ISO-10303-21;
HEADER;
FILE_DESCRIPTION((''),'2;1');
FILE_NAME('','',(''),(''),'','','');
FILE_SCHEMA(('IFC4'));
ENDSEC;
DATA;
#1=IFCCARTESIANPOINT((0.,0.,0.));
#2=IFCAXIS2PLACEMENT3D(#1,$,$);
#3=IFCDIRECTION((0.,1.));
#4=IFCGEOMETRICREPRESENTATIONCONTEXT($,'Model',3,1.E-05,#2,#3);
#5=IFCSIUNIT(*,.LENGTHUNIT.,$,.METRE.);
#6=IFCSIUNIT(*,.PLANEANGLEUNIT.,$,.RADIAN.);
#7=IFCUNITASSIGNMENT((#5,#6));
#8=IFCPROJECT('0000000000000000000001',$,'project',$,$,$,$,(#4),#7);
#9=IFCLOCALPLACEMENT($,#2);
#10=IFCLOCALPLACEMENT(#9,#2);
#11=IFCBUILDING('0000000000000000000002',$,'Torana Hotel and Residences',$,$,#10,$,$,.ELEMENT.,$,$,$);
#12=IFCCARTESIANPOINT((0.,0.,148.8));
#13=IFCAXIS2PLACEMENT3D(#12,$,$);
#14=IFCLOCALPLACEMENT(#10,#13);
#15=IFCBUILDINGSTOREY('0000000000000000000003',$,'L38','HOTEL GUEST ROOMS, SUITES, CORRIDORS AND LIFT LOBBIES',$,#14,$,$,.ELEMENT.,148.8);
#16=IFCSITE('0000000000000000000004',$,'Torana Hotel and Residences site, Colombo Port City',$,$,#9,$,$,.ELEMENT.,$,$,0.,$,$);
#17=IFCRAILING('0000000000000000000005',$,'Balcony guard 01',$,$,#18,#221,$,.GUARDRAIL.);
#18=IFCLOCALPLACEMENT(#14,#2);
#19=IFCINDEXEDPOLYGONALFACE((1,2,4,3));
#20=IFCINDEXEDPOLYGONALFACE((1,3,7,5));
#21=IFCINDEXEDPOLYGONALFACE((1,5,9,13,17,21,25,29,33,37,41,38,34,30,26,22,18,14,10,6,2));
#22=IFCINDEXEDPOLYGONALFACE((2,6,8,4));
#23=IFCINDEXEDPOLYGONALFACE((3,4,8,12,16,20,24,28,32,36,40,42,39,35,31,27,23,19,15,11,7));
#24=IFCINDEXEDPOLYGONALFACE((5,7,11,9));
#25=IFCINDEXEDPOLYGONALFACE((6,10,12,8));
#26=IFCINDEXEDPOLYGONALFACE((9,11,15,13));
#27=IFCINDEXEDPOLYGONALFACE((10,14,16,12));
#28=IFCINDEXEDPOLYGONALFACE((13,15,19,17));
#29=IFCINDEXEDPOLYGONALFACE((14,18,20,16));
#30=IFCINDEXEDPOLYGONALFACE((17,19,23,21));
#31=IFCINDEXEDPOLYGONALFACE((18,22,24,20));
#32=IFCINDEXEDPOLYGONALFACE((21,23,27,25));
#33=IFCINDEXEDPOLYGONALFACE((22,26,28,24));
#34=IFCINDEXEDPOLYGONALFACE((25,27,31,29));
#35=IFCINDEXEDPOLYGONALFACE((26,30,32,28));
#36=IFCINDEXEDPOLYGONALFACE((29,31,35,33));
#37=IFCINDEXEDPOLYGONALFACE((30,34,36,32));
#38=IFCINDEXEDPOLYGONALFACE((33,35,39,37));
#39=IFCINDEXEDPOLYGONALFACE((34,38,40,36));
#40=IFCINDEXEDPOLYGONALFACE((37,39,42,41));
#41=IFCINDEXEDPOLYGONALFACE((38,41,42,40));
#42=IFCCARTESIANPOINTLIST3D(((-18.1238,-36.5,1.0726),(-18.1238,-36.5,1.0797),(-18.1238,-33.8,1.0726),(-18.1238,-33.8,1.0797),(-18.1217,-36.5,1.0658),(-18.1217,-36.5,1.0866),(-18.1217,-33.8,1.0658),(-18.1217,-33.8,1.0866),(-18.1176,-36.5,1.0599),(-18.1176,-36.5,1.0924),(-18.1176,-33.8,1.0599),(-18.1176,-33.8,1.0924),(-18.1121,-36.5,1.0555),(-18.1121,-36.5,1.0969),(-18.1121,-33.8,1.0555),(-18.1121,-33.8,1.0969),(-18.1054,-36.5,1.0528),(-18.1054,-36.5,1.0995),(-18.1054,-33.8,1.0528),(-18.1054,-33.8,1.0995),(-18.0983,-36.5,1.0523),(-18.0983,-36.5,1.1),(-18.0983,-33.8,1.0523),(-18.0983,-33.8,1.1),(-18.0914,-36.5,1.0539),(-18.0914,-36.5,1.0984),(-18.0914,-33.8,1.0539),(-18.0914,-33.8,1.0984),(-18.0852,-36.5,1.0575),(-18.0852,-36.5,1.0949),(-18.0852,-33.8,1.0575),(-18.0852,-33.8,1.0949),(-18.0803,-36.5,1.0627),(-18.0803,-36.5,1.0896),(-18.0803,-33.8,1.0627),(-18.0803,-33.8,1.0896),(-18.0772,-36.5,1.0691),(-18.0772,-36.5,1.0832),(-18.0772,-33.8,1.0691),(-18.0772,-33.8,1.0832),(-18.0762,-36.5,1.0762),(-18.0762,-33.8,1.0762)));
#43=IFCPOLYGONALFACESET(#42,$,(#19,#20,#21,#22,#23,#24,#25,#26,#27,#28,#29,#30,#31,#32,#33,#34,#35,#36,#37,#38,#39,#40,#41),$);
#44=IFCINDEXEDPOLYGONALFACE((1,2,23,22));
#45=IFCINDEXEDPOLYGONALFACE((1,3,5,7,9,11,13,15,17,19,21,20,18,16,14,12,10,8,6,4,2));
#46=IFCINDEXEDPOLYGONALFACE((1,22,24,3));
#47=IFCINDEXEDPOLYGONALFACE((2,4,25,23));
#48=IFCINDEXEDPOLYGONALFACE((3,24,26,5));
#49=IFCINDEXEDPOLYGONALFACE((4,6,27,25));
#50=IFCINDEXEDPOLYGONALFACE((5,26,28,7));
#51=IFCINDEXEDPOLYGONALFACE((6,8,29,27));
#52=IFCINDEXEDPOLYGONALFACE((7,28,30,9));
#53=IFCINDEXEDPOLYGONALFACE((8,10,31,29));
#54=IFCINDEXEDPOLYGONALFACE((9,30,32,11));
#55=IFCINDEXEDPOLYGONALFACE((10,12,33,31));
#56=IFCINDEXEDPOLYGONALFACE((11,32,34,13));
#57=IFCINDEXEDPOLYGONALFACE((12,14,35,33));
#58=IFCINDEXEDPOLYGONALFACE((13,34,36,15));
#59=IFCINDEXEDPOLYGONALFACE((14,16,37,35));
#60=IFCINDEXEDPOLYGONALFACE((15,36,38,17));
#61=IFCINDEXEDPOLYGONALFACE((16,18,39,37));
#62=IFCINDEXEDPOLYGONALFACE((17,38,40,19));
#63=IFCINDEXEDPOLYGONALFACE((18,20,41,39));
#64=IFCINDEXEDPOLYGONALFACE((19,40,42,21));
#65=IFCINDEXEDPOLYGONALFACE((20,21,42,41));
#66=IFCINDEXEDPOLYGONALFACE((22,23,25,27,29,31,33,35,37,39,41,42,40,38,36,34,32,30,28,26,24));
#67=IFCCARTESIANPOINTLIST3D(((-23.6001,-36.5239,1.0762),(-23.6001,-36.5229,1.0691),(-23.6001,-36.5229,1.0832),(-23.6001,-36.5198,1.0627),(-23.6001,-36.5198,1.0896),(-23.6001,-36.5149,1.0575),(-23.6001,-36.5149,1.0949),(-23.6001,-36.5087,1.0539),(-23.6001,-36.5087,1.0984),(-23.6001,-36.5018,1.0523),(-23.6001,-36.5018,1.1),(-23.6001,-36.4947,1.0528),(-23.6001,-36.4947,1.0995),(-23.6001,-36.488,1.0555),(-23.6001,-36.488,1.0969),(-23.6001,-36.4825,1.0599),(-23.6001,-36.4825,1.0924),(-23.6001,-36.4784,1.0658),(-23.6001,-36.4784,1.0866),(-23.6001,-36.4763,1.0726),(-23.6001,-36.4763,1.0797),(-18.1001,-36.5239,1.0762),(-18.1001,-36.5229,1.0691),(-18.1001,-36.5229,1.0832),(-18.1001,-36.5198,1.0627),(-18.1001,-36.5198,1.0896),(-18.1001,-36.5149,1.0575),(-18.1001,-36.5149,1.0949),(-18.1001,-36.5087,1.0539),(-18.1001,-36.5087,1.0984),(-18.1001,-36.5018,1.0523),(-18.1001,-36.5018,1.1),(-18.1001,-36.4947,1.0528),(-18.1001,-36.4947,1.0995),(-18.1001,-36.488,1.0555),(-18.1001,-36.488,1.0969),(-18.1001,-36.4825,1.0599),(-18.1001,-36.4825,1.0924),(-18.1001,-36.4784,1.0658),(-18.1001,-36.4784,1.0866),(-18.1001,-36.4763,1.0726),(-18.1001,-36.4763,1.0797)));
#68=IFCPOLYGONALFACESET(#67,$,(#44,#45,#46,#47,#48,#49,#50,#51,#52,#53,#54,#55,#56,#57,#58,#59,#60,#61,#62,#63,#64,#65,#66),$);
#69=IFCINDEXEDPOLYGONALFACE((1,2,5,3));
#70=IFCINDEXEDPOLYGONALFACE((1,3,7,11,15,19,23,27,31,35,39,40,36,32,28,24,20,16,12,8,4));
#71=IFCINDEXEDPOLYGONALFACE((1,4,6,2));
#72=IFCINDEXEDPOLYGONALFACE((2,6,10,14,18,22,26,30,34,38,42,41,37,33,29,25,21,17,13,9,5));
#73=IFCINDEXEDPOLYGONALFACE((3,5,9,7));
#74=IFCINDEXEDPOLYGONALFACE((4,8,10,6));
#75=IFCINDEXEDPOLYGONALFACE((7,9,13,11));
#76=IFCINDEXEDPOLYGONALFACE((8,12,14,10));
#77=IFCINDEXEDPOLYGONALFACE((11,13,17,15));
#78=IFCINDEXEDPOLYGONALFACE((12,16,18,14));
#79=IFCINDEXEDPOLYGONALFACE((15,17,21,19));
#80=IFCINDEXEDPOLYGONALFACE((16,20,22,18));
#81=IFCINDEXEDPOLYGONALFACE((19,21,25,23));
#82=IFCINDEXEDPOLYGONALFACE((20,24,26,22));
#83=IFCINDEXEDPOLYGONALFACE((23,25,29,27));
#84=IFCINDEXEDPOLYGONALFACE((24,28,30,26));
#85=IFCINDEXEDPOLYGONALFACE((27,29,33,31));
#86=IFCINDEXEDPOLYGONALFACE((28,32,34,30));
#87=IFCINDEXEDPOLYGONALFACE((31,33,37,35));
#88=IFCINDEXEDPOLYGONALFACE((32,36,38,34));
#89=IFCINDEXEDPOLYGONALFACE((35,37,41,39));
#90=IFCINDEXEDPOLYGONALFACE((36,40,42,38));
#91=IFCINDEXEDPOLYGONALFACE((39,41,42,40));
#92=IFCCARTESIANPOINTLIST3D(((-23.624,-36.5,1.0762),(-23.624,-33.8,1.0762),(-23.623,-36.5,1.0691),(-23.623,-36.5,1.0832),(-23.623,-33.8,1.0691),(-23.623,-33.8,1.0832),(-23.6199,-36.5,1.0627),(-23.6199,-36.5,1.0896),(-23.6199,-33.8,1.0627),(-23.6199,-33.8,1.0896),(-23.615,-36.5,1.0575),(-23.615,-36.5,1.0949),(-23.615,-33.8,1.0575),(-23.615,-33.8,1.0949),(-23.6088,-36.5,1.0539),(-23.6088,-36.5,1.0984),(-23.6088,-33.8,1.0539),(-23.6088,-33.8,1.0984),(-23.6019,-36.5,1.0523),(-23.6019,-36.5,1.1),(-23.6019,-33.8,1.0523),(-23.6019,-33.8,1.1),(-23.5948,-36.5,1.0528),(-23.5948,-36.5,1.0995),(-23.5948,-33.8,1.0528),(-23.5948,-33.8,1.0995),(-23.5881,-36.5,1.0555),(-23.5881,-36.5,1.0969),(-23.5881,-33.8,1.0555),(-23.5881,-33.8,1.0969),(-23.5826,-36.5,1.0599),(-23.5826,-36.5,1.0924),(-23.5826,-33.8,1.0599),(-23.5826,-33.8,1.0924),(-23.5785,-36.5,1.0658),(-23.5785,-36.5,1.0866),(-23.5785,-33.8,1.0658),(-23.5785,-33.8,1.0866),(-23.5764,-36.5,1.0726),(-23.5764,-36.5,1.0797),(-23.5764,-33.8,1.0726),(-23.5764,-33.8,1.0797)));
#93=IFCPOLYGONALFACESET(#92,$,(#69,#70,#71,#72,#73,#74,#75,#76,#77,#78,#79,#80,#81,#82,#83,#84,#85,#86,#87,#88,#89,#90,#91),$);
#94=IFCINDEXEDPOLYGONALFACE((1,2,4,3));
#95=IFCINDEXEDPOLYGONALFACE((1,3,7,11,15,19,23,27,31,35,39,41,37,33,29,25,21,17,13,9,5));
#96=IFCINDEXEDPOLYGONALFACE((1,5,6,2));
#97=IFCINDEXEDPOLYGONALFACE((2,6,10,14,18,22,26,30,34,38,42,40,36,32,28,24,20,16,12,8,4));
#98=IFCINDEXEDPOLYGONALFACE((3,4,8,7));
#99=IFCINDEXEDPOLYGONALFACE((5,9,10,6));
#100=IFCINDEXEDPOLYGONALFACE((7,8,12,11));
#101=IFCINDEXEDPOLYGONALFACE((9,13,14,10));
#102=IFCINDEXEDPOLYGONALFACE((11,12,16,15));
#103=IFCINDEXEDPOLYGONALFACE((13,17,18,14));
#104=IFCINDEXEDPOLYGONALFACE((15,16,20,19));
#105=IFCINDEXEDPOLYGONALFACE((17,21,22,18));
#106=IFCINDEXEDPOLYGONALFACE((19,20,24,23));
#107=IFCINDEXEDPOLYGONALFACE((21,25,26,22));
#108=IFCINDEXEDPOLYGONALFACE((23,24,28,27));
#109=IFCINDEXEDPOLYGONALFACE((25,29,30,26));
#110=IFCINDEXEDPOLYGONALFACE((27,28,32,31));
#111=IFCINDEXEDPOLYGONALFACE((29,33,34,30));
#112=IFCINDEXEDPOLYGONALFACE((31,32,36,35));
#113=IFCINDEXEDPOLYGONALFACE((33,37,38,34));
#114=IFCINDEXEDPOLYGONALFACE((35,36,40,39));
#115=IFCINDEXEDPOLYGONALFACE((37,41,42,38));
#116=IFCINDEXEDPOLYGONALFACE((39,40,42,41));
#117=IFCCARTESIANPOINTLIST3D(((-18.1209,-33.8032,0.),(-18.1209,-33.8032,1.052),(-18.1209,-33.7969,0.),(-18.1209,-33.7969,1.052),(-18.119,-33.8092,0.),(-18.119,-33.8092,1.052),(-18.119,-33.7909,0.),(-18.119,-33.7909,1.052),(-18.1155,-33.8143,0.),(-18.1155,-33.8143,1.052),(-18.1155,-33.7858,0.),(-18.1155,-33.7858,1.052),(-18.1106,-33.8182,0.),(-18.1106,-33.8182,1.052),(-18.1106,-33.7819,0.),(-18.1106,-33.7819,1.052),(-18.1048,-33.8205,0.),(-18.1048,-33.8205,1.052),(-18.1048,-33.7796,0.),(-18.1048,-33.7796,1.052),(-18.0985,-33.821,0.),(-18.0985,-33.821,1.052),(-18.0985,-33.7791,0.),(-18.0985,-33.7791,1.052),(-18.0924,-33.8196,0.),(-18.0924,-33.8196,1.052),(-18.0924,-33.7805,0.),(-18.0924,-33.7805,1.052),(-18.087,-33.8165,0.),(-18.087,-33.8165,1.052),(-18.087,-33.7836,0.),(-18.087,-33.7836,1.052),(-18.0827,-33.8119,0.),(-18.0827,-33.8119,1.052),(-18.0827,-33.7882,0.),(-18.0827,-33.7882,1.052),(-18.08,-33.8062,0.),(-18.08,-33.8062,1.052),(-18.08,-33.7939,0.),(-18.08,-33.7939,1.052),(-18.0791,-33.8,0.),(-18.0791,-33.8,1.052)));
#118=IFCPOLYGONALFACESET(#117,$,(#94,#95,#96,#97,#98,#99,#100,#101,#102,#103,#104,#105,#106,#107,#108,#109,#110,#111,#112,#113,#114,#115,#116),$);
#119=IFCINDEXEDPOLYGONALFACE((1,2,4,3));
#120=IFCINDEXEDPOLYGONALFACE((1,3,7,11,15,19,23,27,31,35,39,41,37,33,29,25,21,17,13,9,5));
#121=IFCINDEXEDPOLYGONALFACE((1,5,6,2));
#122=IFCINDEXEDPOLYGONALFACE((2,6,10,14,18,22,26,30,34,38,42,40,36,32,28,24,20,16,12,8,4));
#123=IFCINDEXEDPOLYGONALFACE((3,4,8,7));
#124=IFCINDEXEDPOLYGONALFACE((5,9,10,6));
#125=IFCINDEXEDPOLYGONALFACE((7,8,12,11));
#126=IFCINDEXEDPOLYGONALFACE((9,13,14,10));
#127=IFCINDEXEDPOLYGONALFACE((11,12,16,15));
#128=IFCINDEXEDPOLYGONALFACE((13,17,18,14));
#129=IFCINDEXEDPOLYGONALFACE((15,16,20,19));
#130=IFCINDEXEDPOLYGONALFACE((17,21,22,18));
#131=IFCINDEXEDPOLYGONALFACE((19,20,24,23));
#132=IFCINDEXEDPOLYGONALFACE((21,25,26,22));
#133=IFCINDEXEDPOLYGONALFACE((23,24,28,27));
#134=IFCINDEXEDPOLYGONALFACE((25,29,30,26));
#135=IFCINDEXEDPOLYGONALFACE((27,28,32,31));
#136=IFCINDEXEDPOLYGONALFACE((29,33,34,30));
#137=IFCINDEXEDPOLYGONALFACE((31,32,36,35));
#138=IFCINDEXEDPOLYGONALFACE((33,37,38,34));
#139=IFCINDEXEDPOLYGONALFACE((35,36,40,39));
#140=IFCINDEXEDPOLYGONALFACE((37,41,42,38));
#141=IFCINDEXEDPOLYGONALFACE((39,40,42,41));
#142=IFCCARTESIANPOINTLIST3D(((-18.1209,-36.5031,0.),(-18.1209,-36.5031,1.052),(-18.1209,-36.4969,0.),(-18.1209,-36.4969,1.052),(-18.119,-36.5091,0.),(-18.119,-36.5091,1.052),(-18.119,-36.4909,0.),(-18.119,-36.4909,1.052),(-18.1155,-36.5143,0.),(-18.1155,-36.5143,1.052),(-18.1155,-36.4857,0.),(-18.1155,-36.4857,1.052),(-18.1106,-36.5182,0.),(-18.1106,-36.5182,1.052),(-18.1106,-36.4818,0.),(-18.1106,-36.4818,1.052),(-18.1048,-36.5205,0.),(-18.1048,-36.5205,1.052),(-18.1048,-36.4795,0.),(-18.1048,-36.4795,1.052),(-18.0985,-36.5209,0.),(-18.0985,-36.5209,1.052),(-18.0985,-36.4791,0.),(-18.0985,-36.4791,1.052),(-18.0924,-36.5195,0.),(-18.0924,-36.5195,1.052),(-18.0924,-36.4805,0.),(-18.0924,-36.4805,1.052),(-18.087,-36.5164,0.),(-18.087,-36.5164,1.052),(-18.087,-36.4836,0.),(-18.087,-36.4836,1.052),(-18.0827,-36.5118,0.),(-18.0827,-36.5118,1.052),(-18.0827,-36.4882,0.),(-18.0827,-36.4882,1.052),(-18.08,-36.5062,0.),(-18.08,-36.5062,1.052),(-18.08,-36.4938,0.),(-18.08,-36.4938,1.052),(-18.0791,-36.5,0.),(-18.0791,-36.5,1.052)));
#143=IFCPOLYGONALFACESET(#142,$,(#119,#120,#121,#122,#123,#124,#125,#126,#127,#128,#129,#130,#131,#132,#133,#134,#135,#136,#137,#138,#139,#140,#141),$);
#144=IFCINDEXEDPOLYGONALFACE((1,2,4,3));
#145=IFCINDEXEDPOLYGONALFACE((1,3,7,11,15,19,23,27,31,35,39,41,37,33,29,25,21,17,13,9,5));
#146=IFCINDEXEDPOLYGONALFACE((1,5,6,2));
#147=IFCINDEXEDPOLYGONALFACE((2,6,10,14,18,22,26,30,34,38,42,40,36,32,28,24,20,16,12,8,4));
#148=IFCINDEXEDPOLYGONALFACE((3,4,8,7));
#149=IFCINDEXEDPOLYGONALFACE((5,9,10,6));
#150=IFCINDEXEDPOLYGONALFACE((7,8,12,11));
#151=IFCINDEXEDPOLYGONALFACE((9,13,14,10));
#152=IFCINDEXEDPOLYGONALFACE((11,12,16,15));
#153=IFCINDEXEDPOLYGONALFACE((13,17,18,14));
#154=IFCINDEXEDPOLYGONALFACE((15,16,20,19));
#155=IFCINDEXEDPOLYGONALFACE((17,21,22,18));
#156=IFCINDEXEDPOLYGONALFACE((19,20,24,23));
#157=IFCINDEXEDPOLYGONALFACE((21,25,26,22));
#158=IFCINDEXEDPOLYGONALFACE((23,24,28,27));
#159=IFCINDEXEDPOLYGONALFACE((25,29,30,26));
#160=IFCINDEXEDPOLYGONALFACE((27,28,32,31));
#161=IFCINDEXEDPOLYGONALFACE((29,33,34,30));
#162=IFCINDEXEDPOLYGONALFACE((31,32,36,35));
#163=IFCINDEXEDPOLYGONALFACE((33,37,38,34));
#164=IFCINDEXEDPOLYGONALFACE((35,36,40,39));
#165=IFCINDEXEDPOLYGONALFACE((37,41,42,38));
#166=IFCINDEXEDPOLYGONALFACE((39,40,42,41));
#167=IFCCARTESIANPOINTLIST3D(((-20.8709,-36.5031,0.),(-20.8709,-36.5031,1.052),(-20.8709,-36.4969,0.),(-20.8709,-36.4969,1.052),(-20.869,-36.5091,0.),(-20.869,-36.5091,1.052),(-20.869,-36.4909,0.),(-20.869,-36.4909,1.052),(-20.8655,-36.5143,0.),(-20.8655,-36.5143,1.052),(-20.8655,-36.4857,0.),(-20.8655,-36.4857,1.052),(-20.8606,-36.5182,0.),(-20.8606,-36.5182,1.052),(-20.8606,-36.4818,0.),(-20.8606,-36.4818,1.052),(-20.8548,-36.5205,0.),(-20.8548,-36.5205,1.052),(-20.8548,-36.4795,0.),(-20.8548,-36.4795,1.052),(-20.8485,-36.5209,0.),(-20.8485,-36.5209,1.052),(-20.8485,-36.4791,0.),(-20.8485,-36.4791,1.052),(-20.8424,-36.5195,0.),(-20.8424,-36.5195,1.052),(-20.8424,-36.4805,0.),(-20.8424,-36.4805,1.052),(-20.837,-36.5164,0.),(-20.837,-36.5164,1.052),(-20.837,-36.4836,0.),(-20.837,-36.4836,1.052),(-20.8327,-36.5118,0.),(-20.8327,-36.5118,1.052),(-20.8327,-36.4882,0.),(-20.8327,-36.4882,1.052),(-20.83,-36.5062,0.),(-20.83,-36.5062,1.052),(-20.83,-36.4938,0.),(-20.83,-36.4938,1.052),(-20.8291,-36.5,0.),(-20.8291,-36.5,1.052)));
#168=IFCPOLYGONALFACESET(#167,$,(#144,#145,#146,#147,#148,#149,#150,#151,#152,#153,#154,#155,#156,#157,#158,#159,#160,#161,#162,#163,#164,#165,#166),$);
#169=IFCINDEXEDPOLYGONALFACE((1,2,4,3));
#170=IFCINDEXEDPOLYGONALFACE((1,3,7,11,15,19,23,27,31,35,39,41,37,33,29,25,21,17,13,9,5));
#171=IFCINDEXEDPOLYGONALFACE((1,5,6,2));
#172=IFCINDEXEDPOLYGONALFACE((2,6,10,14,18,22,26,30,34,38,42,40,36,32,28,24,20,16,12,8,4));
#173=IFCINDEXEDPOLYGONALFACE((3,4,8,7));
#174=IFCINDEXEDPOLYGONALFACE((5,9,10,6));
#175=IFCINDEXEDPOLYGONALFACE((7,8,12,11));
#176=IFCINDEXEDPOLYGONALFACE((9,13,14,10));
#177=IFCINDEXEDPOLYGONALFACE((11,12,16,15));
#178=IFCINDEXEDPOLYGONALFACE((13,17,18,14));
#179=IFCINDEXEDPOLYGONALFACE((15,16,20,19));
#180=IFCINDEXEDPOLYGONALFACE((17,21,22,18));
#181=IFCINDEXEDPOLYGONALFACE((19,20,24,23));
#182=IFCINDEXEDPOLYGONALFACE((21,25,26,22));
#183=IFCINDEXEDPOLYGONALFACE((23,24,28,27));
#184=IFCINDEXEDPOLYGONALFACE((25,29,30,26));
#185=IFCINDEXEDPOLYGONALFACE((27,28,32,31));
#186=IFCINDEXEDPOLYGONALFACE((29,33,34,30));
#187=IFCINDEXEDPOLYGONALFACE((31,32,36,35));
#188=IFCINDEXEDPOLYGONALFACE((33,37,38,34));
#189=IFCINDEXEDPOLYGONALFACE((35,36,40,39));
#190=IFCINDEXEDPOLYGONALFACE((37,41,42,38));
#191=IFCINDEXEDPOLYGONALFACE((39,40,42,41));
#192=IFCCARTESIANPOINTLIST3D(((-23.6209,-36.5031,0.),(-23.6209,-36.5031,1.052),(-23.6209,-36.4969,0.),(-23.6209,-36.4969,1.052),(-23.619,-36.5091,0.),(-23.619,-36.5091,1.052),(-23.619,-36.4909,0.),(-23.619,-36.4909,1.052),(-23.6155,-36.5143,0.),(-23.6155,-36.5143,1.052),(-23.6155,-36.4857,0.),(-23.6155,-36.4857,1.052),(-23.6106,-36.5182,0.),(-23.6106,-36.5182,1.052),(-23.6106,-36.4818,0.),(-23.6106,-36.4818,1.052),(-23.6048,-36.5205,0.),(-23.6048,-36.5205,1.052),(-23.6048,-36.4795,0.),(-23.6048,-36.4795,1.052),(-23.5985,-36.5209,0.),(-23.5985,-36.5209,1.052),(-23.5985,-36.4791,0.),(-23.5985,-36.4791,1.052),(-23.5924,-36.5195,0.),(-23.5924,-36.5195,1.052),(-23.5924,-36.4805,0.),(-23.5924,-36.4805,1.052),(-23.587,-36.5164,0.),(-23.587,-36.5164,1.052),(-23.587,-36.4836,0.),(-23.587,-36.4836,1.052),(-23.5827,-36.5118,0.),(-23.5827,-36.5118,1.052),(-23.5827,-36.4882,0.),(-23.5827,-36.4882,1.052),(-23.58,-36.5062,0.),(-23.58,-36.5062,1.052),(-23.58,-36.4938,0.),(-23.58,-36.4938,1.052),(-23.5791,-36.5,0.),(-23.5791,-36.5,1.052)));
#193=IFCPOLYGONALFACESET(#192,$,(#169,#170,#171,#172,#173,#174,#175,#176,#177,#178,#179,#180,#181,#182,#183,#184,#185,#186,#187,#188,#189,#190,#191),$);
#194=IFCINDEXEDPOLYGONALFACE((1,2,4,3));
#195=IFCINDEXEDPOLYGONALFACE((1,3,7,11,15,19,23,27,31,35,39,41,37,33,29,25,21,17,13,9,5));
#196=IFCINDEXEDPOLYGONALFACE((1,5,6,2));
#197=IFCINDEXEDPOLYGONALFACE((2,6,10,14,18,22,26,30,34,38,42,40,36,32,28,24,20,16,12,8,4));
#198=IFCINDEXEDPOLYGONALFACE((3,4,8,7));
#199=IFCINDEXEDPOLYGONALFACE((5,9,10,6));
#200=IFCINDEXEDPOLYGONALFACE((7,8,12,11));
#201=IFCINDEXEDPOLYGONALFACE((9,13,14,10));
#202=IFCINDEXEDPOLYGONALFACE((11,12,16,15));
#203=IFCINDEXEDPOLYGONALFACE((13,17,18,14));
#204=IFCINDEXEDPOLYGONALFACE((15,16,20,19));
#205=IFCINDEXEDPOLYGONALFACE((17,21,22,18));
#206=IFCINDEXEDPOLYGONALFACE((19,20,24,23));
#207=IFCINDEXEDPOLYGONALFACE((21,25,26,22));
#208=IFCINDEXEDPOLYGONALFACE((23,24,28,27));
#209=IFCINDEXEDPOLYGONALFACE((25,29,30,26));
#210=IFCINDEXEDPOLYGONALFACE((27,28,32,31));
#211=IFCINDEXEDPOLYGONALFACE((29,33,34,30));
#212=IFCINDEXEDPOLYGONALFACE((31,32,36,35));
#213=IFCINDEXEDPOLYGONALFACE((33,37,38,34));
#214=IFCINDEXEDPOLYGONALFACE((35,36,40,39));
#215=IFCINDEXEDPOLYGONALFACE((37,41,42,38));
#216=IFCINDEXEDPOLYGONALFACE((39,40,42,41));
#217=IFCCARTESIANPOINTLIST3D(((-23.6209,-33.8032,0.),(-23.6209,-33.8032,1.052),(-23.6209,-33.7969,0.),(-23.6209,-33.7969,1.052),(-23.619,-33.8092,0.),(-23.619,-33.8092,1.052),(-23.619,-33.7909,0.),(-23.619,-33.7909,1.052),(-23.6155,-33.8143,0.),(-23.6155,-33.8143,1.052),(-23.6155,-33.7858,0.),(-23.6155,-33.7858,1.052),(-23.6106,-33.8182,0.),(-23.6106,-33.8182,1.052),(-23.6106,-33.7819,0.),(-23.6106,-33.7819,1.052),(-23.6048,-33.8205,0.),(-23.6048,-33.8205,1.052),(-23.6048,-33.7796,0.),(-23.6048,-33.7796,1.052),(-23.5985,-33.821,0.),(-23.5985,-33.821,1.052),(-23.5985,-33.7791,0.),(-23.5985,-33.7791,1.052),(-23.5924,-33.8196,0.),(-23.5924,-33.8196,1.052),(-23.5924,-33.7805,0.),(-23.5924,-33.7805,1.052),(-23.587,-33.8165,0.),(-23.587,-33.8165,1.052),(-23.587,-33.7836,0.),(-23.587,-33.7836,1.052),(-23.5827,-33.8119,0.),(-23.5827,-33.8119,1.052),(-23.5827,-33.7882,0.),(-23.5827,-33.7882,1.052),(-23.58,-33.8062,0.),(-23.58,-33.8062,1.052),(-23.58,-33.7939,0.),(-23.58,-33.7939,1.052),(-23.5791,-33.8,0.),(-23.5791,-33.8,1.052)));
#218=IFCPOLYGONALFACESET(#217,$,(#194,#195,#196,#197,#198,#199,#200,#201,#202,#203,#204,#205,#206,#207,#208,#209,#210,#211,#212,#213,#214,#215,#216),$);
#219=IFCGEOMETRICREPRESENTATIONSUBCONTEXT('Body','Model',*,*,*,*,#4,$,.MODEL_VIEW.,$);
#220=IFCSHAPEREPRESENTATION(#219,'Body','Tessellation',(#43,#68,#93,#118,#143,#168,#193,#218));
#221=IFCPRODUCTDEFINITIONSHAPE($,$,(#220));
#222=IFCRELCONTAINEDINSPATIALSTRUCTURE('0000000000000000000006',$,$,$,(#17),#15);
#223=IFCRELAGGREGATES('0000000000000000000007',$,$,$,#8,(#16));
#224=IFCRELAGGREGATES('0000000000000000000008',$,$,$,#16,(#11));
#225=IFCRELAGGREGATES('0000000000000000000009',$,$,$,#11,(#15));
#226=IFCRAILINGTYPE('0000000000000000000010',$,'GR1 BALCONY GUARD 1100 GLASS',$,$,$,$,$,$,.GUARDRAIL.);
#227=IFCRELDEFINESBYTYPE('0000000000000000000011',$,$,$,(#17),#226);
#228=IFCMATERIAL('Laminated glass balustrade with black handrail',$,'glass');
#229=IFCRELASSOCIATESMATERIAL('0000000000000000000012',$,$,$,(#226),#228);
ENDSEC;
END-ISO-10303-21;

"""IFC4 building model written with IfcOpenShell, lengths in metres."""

from ifc_helpers import new_model, si_unit, direction, frame, origin, origin_2d, place, context, subcontext, project, spatial, circle, extrude, material, type_object, element, save


model = new_model("IFC4")

# Units and contexts
model_context = context("Model", 3, precision=1e-05, world=origin(), true_north=direction((0.0, 1.0)))
body_context = subcontext(model_context, "Body", "Model", "MODEL_VIEW")
ifc_project = project(units=[si_unit("LENGTHUNIT", "METRE"), si_unit("PLANEANGLEUNIT", "RADIAN")], contexts=[model_context])

# Site, building, storey
site_placement = place(None, origin())
site = spatial("IfcSite", under=ifc_project, at=site_placement, Name="Torana Hotel and Residences site, Colombo Port City", CompositionType="ELEMENT", RefElevation=0.0)
building_placement = place(site_placement, origin())
building = spatial("IfcBuilding", under=site, at=building_placement, Name="Torana Hotel and Residences", CompositionType="ELEMENT")
storey_placement = place(building_placement, frame((0.0, 0.0, 148.8)))
storey = spatial("IfcBuildingStorey", under=building, at=storey_placement, Name="L38", Description="HOTEL GUEST ROOMS, SUITES, CORRIDORS AND LIFT LOBBIES", CompositionType="ELEMENT", Elevation=148.8)

# Railing
ifc_material_1 = material(Name="Laminated glass balustrade with black handrail", Category="glass")
railing_type = type_object("IfcRailingType", Name="GR1 BALCONY GUARD 1100 GLASS", PredefinedType="GUARDRAIL", material=ifc_material_1)
railing_placement = place(storey_placement, frame((-18.1001, -33.8, 0.0)))
element("IfcRailing", 1, at=railing_placement, inside=storey, type_object=railing_type, Name="Balcony guard 01", PredefinedType="GUARDRAIL", context=body_context, shape_type="SweptSolid", body=[
    extrude(circle(Radius=0.0239, at=origin_2d()), frame((0.0, 0.0, 1.0762), z_axis=(0.0, -1.0, 0.0), x_axis=(1.0, 0.0, 0.0)), (0.0, 0.0, 1.0), 2.7),
    extrude(circle(Radius=0.0239, at=origin_2d()), frame((0.0, -2.7, 1.0762), z_axis=(-1.0, 0.0, 0.0), x_axis=(0.0, -1.0, 0.0)), (0.0, 0.0, 1.0), 5.5),
    extrude(circle(Radius=0.0239, at=origin_2d()), frame((-5.5, -2.7, 1.0762), z_axis=(0.0, 1.0, 0.0), x_axis=(-1.0, 0.0, 0.0)), (0.0, 0.0, 1.0), 2.7),
    extrude(circle(Radius=0.021, at=origin_2d()), origin(), (0.0, 0.0, 1.0), 1.052),
    extrude(circle(Radius=0.021, at=origin_2d()), frame((0.0, -2.7, 0.0)), (0.0, 0.0, 1.0), 1.052),
    extrude(circle(Radius=0.021, at=origin_2d()), frame((-2.75, -2.7, 0.0)), (0.0, 0.0, 1.0), 1.052),
    extrude(circle(Radius=0.021, at=origin_2d()), frame((-5.5, -2.7, 0.0)), (0.0, 0.0, 1.0), 1.052),
    extrude(circle(Radius=0.021, at=origin_2d()), frame((-5.5, 0.0, 0.0)), (0.0, 0.0, 1.0), 1.052),
])

save(model, "model.ifc")
